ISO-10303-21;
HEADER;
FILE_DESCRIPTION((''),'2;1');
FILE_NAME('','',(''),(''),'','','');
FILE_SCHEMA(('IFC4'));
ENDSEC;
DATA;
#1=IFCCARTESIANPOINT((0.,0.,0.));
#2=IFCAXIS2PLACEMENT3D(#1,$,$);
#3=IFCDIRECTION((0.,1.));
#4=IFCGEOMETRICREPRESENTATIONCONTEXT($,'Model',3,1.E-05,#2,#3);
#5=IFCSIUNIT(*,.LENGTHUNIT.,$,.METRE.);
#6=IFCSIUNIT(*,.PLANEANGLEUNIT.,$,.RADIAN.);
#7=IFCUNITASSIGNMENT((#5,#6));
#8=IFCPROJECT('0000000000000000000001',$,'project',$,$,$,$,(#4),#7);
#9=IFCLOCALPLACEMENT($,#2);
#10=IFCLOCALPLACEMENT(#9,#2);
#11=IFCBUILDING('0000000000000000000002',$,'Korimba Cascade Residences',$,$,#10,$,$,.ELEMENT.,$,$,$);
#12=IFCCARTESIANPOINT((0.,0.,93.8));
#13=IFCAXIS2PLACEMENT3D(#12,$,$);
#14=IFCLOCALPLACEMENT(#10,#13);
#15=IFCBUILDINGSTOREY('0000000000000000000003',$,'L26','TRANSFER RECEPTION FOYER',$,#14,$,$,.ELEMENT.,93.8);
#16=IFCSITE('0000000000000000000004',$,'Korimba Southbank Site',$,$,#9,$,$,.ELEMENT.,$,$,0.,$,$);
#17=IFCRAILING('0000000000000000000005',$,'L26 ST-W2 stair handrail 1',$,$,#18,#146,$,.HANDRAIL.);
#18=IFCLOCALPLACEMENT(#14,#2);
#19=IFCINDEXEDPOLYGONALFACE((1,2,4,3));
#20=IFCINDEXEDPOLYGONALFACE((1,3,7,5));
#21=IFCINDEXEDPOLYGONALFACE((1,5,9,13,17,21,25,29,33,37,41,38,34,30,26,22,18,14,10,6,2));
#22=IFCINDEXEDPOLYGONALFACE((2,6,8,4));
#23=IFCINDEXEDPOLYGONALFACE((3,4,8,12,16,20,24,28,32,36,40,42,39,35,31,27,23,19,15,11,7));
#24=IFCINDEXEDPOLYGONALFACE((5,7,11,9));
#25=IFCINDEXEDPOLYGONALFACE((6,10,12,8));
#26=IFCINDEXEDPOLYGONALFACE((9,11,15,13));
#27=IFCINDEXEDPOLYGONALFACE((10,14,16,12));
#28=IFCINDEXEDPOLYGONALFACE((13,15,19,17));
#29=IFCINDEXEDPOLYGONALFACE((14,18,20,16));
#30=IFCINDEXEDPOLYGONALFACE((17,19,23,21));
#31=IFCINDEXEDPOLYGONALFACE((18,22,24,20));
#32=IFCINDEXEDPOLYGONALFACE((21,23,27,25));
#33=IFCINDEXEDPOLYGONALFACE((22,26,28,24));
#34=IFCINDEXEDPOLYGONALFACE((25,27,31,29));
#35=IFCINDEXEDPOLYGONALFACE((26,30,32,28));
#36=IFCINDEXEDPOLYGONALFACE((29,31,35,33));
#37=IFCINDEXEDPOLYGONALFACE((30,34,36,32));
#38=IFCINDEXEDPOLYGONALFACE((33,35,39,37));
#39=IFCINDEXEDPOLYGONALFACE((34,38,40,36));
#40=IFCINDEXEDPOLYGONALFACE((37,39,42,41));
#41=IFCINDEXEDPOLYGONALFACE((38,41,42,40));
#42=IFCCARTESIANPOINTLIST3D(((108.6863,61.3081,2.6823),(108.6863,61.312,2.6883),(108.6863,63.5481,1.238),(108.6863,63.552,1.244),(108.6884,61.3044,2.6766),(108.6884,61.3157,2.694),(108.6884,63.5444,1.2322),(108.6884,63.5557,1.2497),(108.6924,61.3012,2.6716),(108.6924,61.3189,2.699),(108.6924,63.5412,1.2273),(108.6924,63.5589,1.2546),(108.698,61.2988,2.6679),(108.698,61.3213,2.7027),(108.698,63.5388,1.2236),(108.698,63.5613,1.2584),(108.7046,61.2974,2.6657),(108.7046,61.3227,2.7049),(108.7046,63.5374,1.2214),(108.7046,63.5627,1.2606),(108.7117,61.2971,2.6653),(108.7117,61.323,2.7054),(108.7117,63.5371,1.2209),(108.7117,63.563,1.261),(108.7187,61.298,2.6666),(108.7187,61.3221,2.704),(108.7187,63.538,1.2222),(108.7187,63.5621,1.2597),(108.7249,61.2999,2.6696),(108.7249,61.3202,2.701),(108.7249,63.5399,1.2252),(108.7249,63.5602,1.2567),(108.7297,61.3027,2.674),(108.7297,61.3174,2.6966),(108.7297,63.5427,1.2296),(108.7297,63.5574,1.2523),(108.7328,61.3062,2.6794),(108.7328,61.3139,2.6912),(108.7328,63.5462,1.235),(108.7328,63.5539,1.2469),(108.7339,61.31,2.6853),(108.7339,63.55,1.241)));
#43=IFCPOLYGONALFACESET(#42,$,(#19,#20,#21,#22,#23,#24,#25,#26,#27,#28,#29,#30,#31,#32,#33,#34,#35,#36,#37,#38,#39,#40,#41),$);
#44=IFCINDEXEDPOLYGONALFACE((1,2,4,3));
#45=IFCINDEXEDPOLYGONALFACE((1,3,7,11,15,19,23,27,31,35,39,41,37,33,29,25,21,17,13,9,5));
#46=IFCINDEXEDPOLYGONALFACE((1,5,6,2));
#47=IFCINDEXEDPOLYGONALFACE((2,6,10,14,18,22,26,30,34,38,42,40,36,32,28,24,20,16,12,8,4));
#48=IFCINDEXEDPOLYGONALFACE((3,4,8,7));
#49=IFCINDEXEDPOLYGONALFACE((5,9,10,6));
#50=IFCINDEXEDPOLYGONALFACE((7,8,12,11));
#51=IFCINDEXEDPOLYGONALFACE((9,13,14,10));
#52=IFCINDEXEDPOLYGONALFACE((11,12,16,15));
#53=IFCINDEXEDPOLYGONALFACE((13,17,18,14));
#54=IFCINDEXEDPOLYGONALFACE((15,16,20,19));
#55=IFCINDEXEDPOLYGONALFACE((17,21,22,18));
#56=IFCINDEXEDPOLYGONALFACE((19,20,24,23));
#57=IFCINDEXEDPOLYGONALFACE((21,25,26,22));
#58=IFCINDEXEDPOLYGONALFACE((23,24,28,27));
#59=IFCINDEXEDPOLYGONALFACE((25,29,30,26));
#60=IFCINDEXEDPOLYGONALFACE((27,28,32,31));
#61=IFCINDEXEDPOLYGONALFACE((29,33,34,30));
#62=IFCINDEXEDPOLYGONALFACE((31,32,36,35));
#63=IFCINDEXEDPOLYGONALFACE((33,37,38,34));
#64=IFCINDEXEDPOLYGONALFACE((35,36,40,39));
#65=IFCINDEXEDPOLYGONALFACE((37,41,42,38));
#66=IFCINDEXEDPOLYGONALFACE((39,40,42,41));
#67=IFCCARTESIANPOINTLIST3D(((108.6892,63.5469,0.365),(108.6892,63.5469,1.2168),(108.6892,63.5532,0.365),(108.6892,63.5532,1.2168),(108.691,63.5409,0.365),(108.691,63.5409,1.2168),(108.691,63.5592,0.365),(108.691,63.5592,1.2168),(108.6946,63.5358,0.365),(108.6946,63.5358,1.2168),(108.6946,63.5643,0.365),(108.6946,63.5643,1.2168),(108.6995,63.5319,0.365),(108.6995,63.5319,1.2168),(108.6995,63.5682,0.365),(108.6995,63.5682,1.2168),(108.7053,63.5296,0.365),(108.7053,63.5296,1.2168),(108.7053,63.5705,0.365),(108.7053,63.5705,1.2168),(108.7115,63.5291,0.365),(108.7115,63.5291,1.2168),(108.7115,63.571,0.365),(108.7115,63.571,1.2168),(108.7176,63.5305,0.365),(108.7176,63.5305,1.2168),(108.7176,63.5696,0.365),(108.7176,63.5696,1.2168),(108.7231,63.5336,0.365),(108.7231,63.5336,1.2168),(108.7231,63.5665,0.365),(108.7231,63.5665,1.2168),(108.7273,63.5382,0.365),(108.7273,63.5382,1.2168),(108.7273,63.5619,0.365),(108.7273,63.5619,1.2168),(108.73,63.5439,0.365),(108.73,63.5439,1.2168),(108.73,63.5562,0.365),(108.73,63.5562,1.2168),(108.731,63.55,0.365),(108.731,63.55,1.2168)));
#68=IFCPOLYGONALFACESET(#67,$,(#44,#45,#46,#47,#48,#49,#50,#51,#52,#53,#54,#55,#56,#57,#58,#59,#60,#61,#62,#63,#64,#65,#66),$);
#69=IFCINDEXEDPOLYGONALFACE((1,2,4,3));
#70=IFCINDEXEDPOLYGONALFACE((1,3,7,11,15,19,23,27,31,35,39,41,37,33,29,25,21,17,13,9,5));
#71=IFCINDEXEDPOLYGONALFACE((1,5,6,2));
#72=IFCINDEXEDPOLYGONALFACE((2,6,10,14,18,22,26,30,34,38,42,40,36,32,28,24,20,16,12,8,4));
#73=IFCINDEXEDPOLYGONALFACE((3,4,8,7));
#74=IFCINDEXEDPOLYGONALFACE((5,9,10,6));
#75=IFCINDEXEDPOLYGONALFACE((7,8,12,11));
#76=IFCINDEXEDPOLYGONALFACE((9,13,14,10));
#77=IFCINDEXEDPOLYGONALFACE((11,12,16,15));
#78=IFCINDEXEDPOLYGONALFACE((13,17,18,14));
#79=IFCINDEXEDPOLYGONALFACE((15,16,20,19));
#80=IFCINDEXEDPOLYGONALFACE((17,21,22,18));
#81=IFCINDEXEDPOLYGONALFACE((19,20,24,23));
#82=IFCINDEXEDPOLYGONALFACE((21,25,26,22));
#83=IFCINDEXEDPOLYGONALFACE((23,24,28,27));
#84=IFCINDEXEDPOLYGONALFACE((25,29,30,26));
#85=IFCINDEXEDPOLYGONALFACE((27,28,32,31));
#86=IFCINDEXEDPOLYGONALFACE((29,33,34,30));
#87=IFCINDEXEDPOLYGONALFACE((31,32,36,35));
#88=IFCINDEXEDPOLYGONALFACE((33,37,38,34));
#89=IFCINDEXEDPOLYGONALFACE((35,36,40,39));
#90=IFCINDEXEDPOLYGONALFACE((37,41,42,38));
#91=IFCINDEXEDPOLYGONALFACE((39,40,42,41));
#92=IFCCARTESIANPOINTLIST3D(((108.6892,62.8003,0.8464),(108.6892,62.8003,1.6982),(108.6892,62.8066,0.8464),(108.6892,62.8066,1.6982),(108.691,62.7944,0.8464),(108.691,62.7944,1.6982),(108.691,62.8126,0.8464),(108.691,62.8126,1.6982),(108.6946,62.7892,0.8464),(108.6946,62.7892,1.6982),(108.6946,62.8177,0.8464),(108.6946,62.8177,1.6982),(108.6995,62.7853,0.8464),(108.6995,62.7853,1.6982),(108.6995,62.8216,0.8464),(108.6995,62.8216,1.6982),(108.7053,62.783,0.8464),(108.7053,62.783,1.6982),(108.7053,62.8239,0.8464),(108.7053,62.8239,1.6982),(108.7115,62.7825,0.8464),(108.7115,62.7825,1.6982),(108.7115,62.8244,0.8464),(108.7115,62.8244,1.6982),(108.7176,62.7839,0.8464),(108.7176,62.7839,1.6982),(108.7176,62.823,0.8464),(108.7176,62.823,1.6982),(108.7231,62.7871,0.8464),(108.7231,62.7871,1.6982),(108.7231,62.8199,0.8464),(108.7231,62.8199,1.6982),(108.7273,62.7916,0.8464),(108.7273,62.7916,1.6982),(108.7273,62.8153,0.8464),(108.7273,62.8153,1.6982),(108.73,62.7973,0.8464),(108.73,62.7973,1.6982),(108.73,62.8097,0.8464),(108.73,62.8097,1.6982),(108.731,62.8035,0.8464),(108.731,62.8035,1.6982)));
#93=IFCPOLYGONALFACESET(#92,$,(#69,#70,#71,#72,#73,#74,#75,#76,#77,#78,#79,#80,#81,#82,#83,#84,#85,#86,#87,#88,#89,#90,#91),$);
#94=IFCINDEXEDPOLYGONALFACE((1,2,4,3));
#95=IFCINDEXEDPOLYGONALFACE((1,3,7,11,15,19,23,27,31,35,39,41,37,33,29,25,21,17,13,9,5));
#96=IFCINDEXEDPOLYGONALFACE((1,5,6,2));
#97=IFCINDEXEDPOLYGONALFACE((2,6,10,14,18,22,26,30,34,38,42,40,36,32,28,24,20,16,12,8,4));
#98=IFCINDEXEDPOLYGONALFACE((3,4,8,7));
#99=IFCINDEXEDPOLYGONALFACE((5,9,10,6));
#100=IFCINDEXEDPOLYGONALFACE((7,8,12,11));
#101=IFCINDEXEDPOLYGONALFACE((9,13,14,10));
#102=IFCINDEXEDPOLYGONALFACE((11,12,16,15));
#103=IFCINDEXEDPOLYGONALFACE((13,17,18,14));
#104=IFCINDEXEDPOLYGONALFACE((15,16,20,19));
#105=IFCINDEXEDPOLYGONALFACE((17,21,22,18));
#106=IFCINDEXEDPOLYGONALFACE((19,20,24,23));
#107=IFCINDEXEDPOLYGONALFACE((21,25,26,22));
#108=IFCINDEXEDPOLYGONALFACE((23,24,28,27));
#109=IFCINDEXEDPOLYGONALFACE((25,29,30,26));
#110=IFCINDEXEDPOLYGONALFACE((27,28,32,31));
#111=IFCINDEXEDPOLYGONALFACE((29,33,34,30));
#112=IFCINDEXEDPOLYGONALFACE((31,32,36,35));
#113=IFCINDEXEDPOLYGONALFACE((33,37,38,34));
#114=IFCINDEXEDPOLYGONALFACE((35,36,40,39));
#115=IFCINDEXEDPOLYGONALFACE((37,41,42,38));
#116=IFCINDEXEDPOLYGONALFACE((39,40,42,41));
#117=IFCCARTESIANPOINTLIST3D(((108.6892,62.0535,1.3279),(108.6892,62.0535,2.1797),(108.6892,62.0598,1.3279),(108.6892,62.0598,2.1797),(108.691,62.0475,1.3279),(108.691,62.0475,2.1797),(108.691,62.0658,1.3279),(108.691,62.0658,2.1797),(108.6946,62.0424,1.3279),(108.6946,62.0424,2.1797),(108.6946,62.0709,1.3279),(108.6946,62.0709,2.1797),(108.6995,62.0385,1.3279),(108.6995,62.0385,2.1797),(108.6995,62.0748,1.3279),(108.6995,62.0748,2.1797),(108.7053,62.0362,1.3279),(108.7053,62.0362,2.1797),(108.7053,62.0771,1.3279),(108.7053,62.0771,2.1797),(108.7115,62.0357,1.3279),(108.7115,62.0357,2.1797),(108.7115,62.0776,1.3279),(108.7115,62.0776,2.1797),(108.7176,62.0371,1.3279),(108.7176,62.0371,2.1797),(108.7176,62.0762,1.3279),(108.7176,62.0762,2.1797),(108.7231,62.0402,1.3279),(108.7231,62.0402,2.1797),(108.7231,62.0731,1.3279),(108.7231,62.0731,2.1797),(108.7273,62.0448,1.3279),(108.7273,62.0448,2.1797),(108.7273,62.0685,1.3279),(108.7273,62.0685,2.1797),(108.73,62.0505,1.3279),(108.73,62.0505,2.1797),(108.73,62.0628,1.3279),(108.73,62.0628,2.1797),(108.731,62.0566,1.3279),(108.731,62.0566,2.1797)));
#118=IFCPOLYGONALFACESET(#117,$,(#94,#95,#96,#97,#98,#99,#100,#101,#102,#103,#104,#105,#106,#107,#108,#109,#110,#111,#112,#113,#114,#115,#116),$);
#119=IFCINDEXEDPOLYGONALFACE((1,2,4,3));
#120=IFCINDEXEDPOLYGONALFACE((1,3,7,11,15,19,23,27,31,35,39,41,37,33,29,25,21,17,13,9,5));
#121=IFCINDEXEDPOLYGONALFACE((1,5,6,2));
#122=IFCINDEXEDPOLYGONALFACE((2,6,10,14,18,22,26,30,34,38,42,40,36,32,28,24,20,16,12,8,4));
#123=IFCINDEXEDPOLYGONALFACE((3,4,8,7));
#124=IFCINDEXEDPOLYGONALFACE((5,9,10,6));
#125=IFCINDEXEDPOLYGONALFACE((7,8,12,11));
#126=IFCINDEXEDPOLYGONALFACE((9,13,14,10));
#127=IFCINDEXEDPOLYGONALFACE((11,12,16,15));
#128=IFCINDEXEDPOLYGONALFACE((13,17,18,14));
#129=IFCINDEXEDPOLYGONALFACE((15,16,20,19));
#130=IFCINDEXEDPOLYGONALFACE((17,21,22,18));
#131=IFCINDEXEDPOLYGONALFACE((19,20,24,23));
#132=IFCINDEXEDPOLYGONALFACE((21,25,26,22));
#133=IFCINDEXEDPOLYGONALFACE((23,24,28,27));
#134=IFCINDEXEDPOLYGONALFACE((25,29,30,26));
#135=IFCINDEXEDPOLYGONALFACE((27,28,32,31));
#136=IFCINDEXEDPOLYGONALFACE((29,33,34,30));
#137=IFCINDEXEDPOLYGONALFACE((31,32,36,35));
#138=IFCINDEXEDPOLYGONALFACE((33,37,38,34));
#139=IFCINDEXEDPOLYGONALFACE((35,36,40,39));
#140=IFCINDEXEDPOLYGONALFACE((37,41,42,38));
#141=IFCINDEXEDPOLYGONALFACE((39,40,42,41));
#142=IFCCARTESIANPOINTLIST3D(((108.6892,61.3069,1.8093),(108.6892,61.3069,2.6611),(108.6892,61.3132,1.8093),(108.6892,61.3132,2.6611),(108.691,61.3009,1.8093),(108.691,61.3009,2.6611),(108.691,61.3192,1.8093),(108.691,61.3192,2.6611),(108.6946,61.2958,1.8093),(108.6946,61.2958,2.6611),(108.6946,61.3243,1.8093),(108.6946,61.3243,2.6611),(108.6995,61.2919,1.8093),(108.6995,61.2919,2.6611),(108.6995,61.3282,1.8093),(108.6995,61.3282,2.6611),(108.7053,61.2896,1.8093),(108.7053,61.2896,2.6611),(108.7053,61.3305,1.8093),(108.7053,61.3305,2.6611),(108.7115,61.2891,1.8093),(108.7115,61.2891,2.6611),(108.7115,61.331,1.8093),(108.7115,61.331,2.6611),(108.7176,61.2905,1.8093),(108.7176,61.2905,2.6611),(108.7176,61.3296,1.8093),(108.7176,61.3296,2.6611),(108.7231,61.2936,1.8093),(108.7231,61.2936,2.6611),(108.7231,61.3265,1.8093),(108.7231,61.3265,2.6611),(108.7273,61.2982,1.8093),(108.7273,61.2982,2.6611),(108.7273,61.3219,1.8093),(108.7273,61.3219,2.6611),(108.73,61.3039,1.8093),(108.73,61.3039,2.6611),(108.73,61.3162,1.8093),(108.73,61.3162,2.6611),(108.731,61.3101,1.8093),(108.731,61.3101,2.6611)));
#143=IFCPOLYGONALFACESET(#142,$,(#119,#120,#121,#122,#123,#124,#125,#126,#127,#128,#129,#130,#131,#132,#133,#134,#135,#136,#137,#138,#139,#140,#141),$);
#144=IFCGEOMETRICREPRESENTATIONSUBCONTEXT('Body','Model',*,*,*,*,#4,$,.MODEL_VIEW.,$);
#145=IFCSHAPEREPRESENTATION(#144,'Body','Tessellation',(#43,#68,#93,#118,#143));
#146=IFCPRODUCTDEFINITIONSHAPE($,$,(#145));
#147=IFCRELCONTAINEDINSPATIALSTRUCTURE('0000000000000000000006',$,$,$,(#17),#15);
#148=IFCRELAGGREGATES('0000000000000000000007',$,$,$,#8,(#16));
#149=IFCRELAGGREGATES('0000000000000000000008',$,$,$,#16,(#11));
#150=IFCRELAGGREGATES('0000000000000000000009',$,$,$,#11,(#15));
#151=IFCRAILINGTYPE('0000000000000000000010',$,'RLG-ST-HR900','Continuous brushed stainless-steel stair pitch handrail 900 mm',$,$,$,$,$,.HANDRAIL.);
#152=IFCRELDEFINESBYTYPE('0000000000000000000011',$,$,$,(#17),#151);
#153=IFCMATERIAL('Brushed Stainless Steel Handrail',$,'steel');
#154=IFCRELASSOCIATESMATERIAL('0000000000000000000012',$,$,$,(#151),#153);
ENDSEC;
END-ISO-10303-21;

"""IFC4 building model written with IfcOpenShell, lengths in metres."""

from ifc_helpers import new_model, si_unit, direction, frame, origin, origin_2d, place, context, subcontext, project, spatial, circle, extrude, material, type_object, element, save


model = new_model("IFC4")

# Units and contexts
model_context = context("Model", 3, precision=1e-05, world=origin(), true_north=direction((0.0, 1.0)))
body_context = subcontext(model_context, "Body", "Model", "MODEL_VIEW")
ifc_project = project(units=[si_unit("LENGTHUNIT", "METRE"), si_unit("PLANEANGLEUNIT", "RADIAN")], contexts=[model_context])

# Site, building, storey
site_placement = place(None, origin())
site = spatial("IfcSite", under=ifc_project, at=site_placement, Name="Korimba Southbank Site", CompositionType="ELEMENT", RefElevation=0.0)
building_placement = place(site_placement, origin())
building = spatial("IfcBuilding", under=site, at=building_placement, Name="Korimba Cascade Residences", CompositionType="ELEMENT")
storey_placement = place(building_placement, frame((0.0, 0.0, 93.8)))
storey = spatial("IfcBuildingStorey", under=building, at=storey_placement, Name="L26", Description="TRANSFER RECEPTION FOYER", CompositionType="ELEMENT", Elevation=93.8)

# Railing
ifc_material_1 = material(Name="Brushed Stainless Steel Handrail", Category="steel")
railing_type_1 = type_object("IfcRailingType", Name="RLG-ST-HR900", Description="Continuous brushed stainless-steel stair pitch handrail 900 mm", PredefinedType="HANDRAIL", material=ifc_material_1)
railing_1_placement = place(storey_placement, frame((108.71, 63.55, 0.365)))
element("IfcRailing", 1, at=railing_1_placement, inside=storey, type_object=railing_type_1, Name="L26 ST-W2 stair handrail 1", PredefinedType="HANDRAIL", context=body_context, shape_type="SweptSolid", body=[
    extrude(circle(Radius=0.0239, at=origin_2d()), frame((0.0, 0.0, 0.876), z_axis=(0.0, -0.840437, 0.54191), x_axis=(1.0, 0.0, 0.0)), (0.0, 0.0, 1.0), 2.6653),
    extrude(circle(Radius=0.021, at=origin_2d()), origin(), (0.0, 0.0, 1.0), 0.8518),
    extrude(circle(Radius=0.021, at=origin_2d()), frame((0.0, -0.7466, 0.4814)), (0.0, 0.0, 1.0), 0.8518),
    extrude(circle(Radius=0.021, at=origin_2d()), frame((0.0, -1.4934, 0.9629)), (0.0, 0.0, 1.0), 0.8518),
    extrude(circle(Radius=0.021, at=origin_2d()), frame((0.0, -2.24, 1.4443)), (0.0, 0.0, 1.0), 0.8518),
])

save(model, "model.ifc")
